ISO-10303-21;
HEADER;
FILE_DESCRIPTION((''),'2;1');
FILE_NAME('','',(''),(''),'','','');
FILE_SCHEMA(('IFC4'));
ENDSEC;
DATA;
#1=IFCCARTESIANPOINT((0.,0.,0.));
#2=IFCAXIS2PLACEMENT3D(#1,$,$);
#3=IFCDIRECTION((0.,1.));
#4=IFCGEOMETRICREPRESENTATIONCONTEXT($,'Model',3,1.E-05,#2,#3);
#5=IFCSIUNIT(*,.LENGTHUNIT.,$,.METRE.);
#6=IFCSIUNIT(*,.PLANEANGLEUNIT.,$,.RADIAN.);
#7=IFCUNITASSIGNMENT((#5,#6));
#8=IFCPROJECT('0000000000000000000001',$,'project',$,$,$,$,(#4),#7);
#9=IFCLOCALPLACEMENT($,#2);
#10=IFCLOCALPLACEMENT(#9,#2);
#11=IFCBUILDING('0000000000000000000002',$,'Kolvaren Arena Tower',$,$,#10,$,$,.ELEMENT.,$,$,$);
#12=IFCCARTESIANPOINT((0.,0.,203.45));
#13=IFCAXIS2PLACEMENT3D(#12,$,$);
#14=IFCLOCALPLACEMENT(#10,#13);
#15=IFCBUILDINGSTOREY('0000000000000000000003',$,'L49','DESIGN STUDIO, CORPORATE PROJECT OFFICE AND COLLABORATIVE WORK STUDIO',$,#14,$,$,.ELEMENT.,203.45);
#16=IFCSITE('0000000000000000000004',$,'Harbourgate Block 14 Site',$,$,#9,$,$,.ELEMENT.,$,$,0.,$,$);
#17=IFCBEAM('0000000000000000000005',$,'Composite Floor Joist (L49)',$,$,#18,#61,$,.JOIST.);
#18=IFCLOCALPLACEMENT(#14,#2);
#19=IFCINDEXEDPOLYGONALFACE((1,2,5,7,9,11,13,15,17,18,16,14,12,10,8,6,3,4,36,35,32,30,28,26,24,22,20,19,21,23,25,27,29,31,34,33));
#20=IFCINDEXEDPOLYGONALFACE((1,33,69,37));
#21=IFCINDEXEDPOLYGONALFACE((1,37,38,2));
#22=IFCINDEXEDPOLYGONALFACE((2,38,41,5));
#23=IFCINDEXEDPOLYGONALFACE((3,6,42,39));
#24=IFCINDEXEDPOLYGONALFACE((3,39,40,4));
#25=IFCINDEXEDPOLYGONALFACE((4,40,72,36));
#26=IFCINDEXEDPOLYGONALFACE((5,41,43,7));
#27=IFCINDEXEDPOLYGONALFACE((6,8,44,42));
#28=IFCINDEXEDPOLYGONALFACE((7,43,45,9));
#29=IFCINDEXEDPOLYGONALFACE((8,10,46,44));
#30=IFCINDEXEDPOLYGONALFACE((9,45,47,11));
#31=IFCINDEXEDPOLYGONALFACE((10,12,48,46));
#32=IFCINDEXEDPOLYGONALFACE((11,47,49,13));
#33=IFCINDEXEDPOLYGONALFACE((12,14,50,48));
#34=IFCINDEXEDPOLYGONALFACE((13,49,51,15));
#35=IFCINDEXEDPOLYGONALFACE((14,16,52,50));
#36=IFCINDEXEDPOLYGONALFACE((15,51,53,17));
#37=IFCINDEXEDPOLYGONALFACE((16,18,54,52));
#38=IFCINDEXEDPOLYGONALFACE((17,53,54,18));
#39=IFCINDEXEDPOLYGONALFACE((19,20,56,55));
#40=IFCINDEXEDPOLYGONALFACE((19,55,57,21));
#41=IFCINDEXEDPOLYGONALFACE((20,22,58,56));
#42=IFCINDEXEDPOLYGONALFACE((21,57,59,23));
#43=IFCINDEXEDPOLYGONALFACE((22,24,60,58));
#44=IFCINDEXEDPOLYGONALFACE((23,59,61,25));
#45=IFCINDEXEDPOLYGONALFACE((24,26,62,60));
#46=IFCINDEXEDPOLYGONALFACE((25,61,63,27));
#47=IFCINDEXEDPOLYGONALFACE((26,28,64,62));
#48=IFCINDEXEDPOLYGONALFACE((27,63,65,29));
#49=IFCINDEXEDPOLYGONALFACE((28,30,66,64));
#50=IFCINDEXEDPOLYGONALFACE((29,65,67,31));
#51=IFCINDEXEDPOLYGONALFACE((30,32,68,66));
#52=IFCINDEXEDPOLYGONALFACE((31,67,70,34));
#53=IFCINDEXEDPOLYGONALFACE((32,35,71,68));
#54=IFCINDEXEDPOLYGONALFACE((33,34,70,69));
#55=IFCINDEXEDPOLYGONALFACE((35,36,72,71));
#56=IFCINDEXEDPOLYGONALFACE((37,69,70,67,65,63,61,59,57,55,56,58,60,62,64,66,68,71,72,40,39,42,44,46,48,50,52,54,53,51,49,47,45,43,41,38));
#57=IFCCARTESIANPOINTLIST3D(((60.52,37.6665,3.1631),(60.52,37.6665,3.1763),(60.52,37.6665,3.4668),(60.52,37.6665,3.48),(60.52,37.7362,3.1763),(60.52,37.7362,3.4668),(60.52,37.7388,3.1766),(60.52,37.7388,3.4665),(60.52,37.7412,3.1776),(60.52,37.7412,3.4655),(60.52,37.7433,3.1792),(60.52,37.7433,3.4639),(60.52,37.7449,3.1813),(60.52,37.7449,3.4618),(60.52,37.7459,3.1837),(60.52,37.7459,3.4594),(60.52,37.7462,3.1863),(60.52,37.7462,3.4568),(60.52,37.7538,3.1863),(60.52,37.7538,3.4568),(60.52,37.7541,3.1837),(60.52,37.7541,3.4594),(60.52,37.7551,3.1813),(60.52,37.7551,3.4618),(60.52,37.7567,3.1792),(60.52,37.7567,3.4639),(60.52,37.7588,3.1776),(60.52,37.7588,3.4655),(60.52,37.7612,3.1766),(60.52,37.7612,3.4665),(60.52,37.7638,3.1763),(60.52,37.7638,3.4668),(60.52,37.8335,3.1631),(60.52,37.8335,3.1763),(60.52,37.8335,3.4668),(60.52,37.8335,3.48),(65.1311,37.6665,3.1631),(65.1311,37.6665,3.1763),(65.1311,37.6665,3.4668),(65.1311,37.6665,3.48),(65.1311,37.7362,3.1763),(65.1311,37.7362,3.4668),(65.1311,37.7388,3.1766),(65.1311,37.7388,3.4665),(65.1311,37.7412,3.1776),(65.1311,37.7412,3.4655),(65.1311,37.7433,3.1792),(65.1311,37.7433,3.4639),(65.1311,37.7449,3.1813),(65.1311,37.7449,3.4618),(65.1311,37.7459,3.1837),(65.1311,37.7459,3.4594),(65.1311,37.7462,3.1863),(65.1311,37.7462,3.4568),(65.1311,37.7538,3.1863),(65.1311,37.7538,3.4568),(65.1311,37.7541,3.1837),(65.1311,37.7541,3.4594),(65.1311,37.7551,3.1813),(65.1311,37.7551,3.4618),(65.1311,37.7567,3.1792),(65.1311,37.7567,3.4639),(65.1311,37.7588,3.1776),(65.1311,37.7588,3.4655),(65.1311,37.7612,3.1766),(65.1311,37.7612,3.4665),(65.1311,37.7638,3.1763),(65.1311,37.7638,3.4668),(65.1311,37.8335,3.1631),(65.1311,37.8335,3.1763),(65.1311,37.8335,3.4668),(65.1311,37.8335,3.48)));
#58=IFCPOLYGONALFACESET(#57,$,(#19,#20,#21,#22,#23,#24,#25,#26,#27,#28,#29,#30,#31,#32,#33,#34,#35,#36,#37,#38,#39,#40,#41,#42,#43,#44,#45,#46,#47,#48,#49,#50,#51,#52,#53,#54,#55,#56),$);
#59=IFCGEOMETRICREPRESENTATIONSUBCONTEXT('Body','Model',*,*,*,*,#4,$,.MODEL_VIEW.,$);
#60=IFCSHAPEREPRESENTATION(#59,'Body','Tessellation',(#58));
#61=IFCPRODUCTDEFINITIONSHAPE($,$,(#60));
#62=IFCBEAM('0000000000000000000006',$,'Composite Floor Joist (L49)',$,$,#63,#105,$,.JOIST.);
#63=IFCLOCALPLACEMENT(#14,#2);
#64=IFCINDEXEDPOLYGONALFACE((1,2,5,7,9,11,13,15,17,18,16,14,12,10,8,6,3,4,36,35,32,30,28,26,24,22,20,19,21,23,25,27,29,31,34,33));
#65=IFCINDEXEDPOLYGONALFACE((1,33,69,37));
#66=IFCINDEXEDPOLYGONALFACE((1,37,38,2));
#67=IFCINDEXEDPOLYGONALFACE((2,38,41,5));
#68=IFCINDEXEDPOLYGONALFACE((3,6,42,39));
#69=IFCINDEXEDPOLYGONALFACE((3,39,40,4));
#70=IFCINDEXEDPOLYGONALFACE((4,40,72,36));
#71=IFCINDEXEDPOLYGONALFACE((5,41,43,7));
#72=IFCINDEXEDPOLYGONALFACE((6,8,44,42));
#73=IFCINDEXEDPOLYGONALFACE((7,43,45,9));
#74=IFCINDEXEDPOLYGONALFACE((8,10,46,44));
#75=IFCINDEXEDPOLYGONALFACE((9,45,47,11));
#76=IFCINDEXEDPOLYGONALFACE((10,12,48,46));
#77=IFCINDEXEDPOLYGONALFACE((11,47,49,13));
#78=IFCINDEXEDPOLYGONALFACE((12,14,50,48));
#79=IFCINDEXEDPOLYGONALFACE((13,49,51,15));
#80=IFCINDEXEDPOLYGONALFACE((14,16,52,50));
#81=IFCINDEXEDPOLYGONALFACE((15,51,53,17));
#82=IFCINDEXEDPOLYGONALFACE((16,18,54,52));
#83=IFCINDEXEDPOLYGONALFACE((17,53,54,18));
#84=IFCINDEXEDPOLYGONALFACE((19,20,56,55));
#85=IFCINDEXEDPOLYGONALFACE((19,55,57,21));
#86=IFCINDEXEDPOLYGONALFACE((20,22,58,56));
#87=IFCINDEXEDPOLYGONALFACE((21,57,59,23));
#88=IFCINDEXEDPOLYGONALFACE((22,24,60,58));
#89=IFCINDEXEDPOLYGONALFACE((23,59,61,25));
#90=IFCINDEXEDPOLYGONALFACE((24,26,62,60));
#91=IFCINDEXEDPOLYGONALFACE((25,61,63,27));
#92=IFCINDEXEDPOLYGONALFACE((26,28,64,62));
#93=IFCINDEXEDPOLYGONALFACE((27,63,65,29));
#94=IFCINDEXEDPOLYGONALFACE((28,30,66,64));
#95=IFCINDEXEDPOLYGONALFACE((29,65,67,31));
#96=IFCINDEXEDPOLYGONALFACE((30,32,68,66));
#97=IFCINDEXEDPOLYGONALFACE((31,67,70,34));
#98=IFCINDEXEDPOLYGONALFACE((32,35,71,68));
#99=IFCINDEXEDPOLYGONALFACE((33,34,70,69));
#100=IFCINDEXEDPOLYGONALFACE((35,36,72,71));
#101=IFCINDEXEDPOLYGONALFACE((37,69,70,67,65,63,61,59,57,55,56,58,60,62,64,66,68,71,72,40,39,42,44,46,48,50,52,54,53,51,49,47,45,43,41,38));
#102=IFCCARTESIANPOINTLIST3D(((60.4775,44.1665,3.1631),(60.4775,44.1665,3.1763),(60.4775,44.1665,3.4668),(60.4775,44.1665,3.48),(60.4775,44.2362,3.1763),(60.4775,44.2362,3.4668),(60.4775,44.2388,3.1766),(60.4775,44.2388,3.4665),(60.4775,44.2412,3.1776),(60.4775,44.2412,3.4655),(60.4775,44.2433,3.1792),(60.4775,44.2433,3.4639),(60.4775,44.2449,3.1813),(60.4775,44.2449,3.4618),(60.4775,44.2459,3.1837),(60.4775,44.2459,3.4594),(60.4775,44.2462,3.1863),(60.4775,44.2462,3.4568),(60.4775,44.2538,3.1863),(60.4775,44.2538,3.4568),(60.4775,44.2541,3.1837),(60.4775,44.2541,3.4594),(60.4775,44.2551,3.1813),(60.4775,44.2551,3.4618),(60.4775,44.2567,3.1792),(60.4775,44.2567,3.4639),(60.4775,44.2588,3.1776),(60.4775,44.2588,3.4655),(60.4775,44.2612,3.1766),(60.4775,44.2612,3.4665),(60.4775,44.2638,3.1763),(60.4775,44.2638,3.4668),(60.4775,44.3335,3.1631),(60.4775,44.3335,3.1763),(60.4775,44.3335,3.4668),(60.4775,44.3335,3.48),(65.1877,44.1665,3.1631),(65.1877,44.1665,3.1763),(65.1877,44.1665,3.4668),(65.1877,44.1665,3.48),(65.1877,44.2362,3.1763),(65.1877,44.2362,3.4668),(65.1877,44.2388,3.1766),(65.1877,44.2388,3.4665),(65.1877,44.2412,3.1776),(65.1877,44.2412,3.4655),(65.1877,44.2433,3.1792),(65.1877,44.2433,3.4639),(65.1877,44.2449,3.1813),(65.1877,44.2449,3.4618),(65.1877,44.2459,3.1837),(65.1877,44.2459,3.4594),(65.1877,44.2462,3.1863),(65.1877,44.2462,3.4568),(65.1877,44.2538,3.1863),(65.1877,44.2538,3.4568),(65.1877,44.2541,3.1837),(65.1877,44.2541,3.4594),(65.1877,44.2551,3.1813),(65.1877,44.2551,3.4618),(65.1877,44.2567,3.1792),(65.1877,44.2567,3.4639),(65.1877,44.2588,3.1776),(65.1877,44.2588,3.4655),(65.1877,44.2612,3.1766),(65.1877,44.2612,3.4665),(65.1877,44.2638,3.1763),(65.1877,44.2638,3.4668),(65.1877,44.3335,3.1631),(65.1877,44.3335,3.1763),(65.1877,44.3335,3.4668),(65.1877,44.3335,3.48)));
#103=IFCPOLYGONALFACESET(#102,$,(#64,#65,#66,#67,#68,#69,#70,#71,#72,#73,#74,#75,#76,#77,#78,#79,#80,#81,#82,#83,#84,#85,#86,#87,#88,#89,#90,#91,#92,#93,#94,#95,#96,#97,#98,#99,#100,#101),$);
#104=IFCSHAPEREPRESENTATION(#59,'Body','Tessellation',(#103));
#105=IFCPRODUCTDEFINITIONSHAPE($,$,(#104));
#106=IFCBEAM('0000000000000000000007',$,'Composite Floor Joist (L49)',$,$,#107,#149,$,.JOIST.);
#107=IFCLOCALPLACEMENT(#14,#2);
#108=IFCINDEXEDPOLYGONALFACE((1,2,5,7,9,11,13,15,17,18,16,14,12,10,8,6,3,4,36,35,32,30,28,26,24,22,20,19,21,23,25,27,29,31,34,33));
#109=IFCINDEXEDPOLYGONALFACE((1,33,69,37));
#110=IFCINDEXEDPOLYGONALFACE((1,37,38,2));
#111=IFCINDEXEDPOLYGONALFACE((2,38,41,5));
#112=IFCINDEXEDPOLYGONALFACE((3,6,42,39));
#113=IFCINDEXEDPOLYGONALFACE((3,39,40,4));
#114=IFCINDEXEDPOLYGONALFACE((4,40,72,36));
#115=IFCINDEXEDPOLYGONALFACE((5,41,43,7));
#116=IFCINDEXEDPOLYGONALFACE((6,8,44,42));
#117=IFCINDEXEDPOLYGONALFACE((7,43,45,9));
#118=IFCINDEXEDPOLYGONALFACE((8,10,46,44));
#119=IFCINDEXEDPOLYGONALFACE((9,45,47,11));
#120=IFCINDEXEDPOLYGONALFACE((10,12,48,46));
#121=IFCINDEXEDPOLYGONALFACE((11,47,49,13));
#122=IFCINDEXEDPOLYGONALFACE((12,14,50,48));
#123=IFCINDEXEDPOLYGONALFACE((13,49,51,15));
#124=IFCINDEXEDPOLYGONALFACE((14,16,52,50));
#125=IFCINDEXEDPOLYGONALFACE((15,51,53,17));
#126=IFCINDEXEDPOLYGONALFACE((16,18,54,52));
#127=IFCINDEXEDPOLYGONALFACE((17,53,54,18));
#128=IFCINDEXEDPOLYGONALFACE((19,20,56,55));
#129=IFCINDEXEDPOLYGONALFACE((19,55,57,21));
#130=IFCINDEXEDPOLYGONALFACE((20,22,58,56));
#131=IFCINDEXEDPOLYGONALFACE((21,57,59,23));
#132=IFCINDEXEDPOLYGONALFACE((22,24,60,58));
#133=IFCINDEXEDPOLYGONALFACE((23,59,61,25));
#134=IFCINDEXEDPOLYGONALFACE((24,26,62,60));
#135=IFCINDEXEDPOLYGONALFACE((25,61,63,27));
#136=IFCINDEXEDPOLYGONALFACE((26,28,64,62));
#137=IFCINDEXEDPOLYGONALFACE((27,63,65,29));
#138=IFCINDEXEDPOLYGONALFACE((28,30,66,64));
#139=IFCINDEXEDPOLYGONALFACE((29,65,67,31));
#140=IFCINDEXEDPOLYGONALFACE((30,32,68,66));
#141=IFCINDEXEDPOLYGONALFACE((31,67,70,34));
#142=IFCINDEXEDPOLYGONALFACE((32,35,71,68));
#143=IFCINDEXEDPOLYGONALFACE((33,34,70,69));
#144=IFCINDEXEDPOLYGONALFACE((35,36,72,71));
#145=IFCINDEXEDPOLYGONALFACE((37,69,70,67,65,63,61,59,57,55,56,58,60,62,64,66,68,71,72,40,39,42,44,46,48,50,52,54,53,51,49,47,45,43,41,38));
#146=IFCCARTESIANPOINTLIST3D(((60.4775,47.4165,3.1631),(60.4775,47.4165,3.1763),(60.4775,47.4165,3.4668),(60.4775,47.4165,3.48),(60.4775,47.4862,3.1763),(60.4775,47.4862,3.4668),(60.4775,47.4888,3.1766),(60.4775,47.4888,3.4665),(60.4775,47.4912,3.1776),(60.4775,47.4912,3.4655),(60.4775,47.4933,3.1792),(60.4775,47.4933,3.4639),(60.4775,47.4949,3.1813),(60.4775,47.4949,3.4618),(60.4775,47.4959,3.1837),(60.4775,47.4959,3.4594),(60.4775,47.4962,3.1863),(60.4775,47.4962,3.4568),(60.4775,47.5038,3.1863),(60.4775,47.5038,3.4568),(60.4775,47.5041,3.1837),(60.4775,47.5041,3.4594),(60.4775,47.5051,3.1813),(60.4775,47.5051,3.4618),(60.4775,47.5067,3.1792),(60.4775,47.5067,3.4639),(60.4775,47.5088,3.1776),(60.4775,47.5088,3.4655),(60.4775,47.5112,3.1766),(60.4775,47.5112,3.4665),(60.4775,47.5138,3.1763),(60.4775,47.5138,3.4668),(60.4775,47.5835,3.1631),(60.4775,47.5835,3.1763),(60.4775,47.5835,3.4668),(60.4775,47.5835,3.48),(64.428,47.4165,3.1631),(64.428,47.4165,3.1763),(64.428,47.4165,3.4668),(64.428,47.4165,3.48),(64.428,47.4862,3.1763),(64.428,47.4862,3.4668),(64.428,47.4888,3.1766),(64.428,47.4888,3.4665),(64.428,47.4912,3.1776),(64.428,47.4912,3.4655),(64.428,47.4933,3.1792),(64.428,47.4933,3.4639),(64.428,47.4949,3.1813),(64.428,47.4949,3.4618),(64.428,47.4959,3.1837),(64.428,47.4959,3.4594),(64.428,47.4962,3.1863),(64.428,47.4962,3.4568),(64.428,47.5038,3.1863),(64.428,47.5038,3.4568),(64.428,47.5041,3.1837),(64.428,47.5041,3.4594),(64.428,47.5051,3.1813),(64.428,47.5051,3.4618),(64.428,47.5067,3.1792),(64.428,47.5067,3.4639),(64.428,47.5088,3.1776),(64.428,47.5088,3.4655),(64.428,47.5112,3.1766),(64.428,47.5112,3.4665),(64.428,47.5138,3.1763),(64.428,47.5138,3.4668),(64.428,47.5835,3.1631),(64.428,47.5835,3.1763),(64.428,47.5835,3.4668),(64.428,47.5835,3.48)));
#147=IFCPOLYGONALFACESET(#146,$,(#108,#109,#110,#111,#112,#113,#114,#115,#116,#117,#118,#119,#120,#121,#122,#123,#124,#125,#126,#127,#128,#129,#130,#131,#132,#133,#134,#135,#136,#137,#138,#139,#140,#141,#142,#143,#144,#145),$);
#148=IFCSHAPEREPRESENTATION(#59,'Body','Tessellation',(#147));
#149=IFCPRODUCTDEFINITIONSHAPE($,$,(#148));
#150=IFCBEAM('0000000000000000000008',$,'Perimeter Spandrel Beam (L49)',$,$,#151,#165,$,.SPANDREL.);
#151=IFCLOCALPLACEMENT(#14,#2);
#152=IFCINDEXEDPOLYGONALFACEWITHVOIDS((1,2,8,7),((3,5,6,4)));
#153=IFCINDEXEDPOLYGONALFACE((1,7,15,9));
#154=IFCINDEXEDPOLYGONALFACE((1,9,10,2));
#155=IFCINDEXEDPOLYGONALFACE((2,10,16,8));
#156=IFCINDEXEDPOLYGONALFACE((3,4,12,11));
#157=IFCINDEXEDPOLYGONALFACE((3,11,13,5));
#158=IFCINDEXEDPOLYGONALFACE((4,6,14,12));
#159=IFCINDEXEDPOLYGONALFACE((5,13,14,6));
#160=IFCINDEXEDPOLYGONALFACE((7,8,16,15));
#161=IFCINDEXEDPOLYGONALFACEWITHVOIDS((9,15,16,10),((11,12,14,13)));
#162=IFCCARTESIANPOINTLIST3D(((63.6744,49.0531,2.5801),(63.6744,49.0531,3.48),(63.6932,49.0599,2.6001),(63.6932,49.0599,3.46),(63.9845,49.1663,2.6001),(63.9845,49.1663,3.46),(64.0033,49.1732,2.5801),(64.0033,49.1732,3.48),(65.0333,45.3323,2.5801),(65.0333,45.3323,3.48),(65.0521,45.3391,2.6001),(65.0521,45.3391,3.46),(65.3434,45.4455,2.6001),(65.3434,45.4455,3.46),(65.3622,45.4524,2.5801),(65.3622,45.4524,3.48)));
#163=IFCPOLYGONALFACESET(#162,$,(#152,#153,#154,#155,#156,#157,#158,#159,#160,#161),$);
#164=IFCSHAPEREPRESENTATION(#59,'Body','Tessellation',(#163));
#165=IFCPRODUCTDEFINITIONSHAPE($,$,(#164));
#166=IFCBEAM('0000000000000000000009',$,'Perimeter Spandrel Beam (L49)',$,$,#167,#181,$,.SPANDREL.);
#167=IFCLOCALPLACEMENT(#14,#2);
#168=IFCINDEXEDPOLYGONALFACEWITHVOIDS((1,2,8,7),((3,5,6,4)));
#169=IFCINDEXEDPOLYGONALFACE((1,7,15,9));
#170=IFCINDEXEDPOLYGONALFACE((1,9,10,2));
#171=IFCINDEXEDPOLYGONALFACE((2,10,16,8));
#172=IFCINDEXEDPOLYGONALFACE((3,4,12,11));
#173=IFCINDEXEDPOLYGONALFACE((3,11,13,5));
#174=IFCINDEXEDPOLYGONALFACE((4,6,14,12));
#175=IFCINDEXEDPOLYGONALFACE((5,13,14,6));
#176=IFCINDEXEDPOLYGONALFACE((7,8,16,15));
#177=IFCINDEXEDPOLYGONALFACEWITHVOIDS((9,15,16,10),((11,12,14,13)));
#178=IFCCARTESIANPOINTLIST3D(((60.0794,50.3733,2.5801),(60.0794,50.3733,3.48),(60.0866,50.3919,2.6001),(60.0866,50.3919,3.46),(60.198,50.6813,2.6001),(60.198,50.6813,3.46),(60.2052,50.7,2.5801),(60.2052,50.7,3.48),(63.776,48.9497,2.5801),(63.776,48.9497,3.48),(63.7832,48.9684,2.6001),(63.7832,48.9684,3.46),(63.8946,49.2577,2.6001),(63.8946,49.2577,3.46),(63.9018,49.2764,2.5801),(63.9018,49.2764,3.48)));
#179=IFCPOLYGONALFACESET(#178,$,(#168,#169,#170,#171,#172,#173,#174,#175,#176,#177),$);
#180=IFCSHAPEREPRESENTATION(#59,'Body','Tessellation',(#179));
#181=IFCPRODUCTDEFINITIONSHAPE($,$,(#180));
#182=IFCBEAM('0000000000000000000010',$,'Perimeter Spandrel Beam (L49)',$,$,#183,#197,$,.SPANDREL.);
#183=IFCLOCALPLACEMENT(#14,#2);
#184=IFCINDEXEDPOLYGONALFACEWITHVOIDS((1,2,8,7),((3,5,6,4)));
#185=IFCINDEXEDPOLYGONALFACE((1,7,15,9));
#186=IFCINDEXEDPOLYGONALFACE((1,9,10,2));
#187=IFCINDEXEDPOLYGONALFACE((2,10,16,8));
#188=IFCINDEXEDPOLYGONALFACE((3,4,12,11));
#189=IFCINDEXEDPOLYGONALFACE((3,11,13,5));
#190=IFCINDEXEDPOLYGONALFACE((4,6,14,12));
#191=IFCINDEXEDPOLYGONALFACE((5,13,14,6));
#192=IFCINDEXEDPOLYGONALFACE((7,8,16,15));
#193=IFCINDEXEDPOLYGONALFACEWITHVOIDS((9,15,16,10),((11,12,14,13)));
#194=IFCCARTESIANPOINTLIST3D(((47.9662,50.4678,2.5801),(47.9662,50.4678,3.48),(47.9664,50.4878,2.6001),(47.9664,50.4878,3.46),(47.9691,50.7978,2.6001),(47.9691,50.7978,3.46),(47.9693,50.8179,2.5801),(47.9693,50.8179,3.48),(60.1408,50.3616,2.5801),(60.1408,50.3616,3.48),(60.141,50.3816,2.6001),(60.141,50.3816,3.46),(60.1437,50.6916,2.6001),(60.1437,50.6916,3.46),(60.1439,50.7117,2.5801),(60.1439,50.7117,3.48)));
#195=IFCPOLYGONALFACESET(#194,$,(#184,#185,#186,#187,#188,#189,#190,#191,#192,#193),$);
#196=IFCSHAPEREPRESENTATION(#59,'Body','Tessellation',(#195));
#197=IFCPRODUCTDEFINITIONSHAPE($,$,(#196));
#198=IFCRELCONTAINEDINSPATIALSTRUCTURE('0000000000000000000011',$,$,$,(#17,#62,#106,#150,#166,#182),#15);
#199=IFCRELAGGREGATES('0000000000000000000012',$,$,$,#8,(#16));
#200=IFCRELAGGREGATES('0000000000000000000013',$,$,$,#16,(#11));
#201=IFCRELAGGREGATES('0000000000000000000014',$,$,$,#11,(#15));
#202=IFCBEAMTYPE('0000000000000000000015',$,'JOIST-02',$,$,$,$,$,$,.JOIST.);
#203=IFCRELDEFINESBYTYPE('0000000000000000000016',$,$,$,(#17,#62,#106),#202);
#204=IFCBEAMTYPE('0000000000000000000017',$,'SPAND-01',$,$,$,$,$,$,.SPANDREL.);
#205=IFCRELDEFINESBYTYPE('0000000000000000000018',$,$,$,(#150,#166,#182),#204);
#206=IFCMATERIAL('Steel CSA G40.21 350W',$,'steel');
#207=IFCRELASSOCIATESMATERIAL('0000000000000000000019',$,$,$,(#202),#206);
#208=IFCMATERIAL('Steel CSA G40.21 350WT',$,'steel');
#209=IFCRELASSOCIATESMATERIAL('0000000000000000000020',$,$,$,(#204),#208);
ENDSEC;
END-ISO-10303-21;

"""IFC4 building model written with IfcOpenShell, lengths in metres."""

from ifc_helpers import new_model, si_unit, direction, frame, origin, origin_2d, place, context, subcontext, project, spatial, hollow_rectangle, i_section, extrude, material, material_profile, profile_set, type_object, element, save


model = new_model("IFC4")

# Units and contexts
model_context = context("Model", 3, precision=1e-05, world=origin(), true_north=direction((0.0, 1.0)))
body_context = subcontext(model_context, "Body", "Model", "MODEL_VIEW")
ifc_project = project(units=[si_unit("LENGTHUNIT", "METRE"), si_unit("PLANEANGLEUNIT", "RADIAN")], contexts=[model_context])

# Site, building, storey
site_placement = place(None, origin())
site = spatial("IfcSite", under=ifc_project, at=site_placement, Name="Harbourgate Block 14 Site", CompositionType="ELEMENT", RefElevation=0.0)
building_placement = place(site_placement, origin())
building = spatial("IfcBuilding", under=site, at=building_placement, Name="Kolvaren Arena Tower", CompositionType="ELEMENT")
storey_placement = place(building_placement, frame((0.0, 0.0, 203.45)))
storey = spatial("IfcBuildingStorey", under=building, at=storey_placement, Name="L49", Description="DESIGN STUDIO, CORPORATE PROJECT OFFICE AND COLLABORATIVE WORK STUDIO", CompositionType="ELEMENT", Elevation=203.45)

# Beams
ifc_material_1 = material(Name="Steel CSA G40.21 350W", Category="steel")
ifc_material_profile_1 = material_profile(ifc_material_1, i_section(OverallWidth=0.167, OverallDepth=0.3169, WebThickness=0.0076, FlangeThickness=0.0132, FilletRadius=0.01, at=origin_2d()), Name="W310x52")
ifc_profile_set_1 = profile_set([ifc_material_profile_1], Name="Steel CSA G40.21 350W")
beam_type_1 = type_object("IfcBeamType", Name="JOIST-02", PredefinedType="JOIST", material=ifc_profile_set_1)
beam_1_placement = place(storey_placement, frame((60.52, 37.75, 3.3215), z_axis=(1.0, 0.0, 0.0), x_axis=(0.0, 1.0, 0.0)))
element("IfcBeam", 1, at=beam_1_placement, inside=storey, type_object=beam_type_1, Name="Composite Floor Joist (L49)", PredefinedType="JOIST", context=body_context, shape_type="SweptSolid", body=[
    extrude(i_section(OverallWidth=0.167, OverallDepth=0.3169, WebThickness=0.0076, FlangeThickness=0.0132, FilletRadius=0.01, at=origin_2d()), origin(), (0.0, 0.0, 1.0), 4.6111),
])
beam_2_placement = place(storey_placement, frame((60.4775, 44.25, 3.3215), z_axis=(1.0, 0.0, 0.0), x_axis=(0.0, 1.0, 0.0)))
element("IfcBeam", 2, at=beam_2_placement, inside=storey, type_object=beam_type_1, Name="Composite Floor Joist (L49)", PredefinedType="JOIST", context=body_context, shape_type="SweptSolid", body=[
    extrude(i_section(OverallWidth=0.167, OverallDepth=0.3169, WebThickness=0.0076, FlangeThickness=0.0132, FilletRadius=0.01, at=origin_2d()), origin(), (0.0, 0.0, 1.0), 4.7102),
])
beam_3_placement = place(storey_placement, frame((60.4775, 47.5, 3.3215), z_axis=(1.0, 0.0, 0.0), x_axis=(0.0, 1.0, 0.0)))
element("IfcBeam", 3, at=beam_3_placement, inside=storey, type_object=beam_type_1, Name="Composite Floor Joist (L49)", PredefinedType="JOIST", context=body_context, shape_type="SweptSolid", body=[
    extrude(i_section(OverallWidth=0.167, OverallDepth=0.3169, WebThickness=0.0076, FlangeThickness=0.0132, FilletRadius=0.01, at=origin_2d()), origin(), (0.0, 0.0, 1.0), 3.9504),
])
ifc_material_2 = material(Name="Steel CSA G40.21 350WT", Category="steel")
ifc_material_profile_2 = material_profile(ifc_material_2, hollow_rectangle(XDim=0.3501, YDim=0.8999, WallThickness=0.02, at=origin_2d()), Name="HSS 900x350x20")
ifc_profile_set_2 = profile_set([ifc_material_profile_2], Name="Steel CSA G40.21 350WT")
beam_type_2 = type_object("IfcBeamType", Name="SPAND-01", PredefinedType="SPANDREL", material=ifc_profile_set_2)
for number, where, z_axis, x_axis, name in (
    (4, (65.1978, 45.3923, 3.03), (-0.343059, 0.939314, 0.0), (-0.939314, -0.343059, 0.0), "Perimeter Spandrel Beam (L49)"),
    (5, (63.8389, 49.113, 3.03), (-0.93319, 0.359384, 0.0), (-0.359384, -0.93319, 0.0), "Perimeter Spandrel Beam (L49)"),
):
    element("IfcBeam", number, at=place(storey_placement, frame(where, z_axis=z_axis, x_axis=x_axis)), inside=storey, type_object=beam_type_2, Name=name, PredefinedType="SPANDREL", context=body_context, shape_type="SweptSolid", body=[
        extrude(hollow_rectangle(XDim=0.3501, YDim=0.8999, WallThickness=0.02, at=origin_2d()), origin(), (0.0, 0.0, 1.0), 3.9612),
    ])
beam_4_placement = place(storey_placement, frame((60.1423, 50.5366, 3.03), z_axis=(-0.999962, 0.008723, 0.0), x_axis=(-0.008723, -0.999962, 0.0)))
element("IfcBeam", 6, at=beam_4_placement, inside=storey, type_object=beam_type_2, Name="Perimeter Spandrel Beam (L49)", PredefinedType="SPANDREL", context=body_context, shape_type="SweptSolid", body=[
    extrude(hollow_rectangle(XDim=0.3501, YDim=0.8999, WallThickness=0.02, at=origin_2d()), origin(), (0.0, 0.0, 1.0), 12.175),
])

save(model, "model.ifc")
